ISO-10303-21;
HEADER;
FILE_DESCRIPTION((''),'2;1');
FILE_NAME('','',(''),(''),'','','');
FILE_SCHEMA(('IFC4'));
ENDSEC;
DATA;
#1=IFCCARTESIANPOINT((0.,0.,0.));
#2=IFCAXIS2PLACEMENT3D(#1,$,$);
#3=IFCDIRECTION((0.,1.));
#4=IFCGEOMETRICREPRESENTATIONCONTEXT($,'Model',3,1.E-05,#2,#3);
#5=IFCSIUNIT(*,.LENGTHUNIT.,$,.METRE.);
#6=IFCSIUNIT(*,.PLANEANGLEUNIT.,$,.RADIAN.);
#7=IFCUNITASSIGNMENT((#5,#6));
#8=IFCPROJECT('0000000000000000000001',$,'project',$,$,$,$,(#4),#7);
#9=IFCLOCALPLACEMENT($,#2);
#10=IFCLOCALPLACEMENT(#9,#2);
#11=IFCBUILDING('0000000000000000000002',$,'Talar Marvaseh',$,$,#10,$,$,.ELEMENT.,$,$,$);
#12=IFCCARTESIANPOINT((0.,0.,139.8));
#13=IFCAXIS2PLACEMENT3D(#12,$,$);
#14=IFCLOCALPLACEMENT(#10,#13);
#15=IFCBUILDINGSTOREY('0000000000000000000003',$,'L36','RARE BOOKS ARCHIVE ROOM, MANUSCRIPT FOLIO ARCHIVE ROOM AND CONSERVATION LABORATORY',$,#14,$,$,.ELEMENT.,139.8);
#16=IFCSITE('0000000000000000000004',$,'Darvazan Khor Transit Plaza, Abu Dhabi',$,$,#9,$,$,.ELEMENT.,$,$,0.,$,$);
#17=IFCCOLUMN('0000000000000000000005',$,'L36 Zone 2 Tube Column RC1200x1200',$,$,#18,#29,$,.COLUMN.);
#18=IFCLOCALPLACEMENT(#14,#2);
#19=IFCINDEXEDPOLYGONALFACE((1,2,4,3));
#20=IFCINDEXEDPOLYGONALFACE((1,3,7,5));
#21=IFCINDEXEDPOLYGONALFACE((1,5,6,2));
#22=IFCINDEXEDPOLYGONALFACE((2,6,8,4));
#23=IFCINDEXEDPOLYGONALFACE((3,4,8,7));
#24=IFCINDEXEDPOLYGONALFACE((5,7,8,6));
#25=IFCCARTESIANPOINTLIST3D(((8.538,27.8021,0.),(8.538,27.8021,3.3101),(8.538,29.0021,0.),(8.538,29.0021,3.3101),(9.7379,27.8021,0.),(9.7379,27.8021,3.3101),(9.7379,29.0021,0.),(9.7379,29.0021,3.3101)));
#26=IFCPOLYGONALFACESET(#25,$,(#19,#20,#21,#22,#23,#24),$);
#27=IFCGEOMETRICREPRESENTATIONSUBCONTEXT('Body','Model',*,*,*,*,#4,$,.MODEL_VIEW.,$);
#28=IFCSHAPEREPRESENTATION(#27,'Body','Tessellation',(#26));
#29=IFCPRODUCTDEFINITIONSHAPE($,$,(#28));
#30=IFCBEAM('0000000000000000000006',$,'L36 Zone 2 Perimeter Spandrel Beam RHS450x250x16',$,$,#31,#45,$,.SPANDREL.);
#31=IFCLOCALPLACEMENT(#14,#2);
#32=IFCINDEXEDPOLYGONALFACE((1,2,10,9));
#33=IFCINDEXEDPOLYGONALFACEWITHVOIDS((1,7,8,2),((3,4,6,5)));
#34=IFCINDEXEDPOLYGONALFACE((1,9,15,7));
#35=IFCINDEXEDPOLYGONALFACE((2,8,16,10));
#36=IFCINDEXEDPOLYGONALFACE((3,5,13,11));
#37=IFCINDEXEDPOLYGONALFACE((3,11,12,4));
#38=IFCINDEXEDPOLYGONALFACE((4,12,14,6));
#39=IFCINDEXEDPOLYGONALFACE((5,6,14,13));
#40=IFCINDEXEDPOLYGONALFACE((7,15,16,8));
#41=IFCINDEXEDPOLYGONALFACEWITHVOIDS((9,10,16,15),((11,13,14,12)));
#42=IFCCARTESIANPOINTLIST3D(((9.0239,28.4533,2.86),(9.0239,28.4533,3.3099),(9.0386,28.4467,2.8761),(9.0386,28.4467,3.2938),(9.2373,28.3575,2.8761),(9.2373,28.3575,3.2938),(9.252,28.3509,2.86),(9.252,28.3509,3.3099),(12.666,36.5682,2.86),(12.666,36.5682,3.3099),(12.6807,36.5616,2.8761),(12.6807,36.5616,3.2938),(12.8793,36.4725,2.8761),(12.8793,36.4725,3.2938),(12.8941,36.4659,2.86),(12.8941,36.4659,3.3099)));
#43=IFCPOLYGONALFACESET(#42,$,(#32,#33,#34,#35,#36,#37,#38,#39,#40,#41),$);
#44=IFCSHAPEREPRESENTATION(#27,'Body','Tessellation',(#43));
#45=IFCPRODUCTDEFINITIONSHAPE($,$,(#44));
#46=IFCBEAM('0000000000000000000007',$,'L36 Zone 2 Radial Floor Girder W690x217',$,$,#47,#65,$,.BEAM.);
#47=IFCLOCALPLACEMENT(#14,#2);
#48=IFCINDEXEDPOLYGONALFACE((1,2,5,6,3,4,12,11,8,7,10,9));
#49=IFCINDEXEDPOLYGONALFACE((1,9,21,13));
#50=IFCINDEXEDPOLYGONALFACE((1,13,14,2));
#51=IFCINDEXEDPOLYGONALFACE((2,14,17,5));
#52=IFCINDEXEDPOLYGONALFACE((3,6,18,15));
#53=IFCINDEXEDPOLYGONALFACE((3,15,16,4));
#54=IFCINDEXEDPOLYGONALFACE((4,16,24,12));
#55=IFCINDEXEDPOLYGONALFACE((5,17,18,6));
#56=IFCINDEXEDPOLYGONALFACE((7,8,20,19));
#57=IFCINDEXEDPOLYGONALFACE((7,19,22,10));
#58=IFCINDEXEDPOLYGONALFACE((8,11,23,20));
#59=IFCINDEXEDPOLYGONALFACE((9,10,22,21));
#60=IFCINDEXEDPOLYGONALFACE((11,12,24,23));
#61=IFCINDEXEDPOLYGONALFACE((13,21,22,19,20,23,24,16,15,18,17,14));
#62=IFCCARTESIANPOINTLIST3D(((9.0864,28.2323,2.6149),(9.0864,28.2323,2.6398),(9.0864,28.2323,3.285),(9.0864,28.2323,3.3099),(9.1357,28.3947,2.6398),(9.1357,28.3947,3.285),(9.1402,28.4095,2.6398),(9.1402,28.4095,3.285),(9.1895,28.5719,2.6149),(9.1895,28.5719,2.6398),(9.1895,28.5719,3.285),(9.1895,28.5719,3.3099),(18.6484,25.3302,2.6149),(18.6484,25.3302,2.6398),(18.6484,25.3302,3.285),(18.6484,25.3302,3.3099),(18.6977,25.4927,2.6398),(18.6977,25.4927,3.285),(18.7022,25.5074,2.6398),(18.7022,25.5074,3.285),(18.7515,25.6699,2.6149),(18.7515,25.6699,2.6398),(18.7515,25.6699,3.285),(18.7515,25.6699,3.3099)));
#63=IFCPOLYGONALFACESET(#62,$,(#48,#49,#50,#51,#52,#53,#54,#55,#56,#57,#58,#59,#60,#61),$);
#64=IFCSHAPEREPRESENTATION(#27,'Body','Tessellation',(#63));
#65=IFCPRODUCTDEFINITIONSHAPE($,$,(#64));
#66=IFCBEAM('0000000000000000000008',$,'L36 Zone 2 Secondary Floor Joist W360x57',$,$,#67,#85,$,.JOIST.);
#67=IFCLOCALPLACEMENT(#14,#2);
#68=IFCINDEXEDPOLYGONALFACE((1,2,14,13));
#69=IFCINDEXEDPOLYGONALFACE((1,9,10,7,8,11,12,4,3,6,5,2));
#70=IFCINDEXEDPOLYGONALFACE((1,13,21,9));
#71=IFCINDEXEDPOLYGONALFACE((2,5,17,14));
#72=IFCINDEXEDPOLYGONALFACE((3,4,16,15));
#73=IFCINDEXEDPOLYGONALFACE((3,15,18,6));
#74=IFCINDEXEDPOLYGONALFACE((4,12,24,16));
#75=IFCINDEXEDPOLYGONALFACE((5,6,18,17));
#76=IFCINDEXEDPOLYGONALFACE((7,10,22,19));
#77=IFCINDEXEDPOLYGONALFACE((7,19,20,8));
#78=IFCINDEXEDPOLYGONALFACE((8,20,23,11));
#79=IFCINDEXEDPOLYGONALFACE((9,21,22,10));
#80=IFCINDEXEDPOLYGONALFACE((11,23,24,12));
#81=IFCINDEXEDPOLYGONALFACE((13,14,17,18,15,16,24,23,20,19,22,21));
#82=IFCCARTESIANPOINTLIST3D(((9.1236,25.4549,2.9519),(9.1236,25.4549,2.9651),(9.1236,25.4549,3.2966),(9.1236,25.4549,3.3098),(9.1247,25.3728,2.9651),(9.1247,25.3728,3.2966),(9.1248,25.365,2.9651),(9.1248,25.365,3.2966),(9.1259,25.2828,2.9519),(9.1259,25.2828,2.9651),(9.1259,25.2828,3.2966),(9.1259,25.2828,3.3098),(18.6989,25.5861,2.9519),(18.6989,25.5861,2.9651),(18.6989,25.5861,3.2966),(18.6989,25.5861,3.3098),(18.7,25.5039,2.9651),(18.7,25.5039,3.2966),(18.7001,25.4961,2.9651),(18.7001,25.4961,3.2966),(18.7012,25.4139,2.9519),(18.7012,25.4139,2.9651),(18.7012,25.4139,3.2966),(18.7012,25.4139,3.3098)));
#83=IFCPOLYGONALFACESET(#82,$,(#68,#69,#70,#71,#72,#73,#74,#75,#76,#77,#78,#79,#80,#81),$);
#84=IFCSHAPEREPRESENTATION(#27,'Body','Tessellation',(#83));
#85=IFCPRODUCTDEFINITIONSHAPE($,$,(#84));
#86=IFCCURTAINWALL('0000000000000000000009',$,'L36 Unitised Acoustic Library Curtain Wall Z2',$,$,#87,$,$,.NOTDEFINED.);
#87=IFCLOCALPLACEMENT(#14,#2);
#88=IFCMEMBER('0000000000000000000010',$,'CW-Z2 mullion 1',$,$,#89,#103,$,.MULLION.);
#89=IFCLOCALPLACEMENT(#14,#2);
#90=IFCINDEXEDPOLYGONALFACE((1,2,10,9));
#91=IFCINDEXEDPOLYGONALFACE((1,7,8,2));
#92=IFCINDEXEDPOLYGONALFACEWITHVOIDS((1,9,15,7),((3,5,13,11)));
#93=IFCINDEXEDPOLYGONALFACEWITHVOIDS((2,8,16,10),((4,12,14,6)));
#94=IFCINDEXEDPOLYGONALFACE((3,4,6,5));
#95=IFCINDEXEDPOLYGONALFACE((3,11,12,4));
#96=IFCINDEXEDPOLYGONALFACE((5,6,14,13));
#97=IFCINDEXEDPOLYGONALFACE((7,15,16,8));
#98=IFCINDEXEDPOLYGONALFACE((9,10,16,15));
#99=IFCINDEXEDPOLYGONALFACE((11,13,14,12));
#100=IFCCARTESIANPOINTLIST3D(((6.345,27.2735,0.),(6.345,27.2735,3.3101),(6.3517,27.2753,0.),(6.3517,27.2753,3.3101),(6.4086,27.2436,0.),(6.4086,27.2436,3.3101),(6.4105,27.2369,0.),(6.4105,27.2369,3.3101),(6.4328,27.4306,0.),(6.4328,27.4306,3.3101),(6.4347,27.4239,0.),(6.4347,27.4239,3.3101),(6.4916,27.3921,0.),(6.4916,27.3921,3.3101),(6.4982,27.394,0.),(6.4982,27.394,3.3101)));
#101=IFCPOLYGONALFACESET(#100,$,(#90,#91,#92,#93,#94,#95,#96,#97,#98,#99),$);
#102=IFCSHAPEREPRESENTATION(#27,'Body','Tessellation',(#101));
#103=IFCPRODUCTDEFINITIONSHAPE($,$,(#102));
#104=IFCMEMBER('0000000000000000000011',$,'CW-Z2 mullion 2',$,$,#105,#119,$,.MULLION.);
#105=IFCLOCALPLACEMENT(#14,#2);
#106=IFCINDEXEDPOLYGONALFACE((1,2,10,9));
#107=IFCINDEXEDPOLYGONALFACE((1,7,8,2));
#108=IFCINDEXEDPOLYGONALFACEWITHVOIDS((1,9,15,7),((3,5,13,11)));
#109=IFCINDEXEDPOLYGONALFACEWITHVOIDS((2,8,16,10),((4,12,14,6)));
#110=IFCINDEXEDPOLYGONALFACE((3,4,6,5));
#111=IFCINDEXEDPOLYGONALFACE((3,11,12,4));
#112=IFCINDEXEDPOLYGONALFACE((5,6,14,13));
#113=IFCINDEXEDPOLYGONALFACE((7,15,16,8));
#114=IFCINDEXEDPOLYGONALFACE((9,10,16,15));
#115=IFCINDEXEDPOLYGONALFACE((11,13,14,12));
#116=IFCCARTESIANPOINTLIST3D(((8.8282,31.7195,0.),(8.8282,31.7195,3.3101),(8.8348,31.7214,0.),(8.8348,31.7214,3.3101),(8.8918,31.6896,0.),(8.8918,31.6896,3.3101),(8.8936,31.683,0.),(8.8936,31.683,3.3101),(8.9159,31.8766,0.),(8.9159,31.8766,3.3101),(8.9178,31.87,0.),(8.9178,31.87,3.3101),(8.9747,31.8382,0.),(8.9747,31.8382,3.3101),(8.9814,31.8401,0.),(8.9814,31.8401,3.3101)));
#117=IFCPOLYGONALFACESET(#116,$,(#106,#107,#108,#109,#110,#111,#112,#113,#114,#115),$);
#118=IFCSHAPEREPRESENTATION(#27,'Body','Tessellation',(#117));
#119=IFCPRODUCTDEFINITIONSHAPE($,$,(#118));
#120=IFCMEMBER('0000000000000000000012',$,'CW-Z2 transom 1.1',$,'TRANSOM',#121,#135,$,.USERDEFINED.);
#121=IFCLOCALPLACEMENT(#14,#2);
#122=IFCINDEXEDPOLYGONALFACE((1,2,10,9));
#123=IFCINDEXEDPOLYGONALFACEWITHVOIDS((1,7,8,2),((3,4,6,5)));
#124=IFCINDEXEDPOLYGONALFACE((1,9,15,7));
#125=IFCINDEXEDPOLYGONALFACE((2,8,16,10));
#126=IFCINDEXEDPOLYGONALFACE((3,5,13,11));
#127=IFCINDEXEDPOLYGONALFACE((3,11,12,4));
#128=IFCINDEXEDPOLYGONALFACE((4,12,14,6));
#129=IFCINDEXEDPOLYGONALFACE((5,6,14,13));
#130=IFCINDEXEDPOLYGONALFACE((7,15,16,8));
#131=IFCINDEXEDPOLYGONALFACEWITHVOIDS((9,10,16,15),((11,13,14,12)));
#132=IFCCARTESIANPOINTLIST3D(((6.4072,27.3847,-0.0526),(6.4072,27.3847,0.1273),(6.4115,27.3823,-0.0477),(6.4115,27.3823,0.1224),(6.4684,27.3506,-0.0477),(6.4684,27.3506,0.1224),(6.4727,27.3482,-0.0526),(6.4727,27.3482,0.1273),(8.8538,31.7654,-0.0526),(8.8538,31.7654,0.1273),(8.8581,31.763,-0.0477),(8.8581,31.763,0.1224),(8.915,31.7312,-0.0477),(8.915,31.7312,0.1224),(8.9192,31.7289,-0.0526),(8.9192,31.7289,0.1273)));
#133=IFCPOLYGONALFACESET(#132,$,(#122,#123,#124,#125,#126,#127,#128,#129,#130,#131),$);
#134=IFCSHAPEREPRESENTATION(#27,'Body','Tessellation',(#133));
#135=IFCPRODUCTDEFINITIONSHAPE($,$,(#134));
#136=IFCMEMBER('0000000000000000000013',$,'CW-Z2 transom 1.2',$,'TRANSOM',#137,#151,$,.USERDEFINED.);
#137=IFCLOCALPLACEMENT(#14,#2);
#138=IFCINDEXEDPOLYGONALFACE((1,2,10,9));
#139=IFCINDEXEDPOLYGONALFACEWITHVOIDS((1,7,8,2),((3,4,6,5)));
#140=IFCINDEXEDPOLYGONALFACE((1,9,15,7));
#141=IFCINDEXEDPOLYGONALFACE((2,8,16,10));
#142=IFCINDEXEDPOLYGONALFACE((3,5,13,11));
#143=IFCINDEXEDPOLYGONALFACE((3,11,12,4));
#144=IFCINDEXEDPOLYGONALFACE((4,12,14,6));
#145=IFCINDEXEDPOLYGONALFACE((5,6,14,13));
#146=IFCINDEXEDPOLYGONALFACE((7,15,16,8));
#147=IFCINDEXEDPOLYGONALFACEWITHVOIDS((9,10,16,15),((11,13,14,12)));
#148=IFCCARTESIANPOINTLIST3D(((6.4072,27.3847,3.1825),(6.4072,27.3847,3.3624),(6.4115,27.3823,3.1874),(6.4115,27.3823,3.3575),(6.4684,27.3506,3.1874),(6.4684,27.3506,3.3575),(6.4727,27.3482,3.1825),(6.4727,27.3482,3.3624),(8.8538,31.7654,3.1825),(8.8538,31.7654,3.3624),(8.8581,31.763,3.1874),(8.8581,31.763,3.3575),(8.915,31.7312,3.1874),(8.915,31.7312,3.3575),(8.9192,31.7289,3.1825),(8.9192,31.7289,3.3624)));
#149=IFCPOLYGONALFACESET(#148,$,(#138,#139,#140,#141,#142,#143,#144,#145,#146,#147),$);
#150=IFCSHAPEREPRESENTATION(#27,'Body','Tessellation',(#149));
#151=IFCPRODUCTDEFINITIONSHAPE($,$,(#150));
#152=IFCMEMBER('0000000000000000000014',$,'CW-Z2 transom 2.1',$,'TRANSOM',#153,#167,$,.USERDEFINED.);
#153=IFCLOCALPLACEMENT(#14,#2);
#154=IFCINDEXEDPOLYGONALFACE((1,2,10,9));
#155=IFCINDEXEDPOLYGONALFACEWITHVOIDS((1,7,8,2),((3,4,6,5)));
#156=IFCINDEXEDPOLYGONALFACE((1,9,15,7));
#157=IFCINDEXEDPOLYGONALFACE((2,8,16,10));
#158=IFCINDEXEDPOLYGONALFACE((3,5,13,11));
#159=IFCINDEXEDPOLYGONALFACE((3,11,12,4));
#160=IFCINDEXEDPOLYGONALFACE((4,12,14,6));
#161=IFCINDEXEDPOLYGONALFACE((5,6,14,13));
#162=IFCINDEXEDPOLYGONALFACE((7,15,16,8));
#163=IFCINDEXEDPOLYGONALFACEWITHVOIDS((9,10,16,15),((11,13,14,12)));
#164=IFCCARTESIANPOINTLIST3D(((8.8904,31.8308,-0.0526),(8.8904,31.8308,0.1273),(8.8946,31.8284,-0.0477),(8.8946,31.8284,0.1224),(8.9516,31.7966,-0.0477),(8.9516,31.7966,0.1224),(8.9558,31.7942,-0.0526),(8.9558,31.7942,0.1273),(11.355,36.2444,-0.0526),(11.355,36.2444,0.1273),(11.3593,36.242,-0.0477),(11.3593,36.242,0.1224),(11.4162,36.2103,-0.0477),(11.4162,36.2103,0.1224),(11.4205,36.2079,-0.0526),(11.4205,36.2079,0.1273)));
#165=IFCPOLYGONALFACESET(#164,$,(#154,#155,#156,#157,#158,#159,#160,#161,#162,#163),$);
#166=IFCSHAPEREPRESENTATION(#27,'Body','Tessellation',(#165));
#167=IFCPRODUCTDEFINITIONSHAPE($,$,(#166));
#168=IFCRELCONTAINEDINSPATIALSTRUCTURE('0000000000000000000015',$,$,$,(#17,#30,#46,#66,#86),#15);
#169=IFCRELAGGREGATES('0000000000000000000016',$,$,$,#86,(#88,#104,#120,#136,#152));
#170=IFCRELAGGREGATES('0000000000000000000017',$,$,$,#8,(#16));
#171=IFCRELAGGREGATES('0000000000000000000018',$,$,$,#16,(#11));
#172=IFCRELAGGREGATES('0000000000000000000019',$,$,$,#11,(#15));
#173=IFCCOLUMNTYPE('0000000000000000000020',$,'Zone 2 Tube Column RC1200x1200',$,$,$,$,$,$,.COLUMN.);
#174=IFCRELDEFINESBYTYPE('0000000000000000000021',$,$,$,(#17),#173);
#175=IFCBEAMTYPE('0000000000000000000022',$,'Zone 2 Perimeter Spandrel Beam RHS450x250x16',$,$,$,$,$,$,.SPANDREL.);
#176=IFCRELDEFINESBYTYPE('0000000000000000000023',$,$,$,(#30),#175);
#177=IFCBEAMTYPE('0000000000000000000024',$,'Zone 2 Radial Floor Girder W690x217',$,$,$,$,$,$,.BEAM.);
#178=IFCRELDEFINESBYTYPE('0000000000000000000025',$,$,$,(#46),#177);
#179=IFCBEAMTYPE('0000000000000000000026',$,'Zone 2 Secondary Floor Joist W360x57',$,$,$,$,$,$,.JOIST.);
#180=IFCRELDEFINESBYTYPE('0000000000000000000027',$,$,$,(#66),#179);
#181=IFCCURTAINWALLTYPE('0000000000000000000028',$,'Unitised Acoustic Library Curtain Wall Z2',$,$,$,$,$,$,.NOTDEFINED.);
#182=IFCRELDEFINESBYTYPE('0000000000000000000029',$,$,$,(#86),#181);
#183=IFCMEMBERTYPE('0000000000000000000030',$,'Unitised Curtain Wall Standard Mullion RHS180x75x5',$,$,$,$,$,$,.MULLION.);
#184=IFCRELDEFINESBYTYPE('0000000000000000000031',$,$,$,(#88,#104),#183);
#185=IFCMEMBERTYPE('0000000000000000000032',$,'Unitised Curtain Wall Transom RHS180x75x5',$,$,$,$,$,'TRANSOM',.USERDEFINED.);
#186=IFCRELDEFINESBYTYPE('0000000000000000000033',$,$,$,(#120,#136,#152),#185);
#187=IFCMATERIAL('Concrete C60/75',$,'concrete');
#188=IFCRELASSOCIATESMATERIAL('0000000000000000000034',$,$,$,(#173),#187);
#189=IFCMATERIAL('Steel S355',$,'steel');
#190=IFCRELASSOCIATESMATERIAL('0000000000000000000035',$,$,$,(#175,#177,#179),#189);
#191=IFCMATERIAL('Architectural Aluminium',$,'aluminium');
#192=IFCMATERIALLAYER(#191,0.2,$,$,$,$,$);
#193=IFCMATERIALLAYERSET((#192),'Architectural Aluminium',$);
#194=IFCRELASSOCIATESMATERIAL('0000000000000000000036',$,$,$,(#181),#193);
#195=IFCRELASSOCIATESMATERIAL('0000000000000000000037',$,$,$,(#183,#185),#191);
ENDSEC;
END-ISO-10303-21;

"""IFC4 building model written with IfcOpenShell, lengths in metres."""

from ifc_helpers import new_model, si_unit, direction, frame, origin, origin_2d, place, context, subcontext, project, spatial, rectangle, hollow_rectangle, i_section, extrude, source, transform, mapped, material, layer, layer_set, material_profile, profile_set, type_object, type_shapes, element, aggregate, save


model = new_model("IFC4")

# Units and contexts
model_context = context("Model", 3, precision=1e-05, world=origin(), true_north=direction((0.0, 1.0)))
body_context = subcontext(model_context, "Body", "Model", "MODEL_VIEW")
ifc_project = project(units=[si_unit("LENGTHUNIT", "METRE"), si_unit("PLANEANGLEUNIT", "RADIAN")], contexts=[model_context])

# Site, building, storey
site_placement = place(None, origin())
site = spatial("IfcSite", under=ifc_project, at=site_placement, Name="Darvazan Khor Transit Plaza, Abu Dhabi", CompositionType="ELEMENT", RefElevation=0.0)
building_placement = place(site_placement, origin())
building = spatial("IfcBuilding", under=site, at=building_placement, Name="Talar Marvaseh", CompositionType="ELEMENT")
storey_placement = place(building_placement, frame((0.0, 0.0, 139.8)))
storey = spatial("IfcBuildingStorey", under=building, at=storey_placement, Name="L36", Description="RARE BOOKS ARCHIVE ROOM, MANUSCRIPT FOLIO ARCHIVE ROOM AND CONSERVATION LABORATORY", CompositionType="ELEMENT", Elevation=139.8)

# Column
ifc_material_1 = material(Name="Concrete C60/75", Category="concrete")
ifc_material_profile_1 = material_profile(ifc_material_1, rectangle(XDim=1.2, YDim=1.2, at=origin_2d()), Name="RC1200x1200")
ifc_profile_set_1 = profile_set([ifc_material_profile_1], Name="Concrete C60/75")
column_type = type_object("IfcColumnType", Name="Zone 2 Tube Column RC1200x1200", PredefinedType="COLUMN", material=ifc_profile_set_1)
column_placement = place(storey_placement, frame((9.1379, 28.4021, 0.0), z_axis=(0.0, 0.0, 1.0), x_axis=(1.0, 0.0, 0.0)))
element("IfcColumn", 1, at=column_placement, inside=storey, type_object=column_type, Name="L36 Zone 2 Tube Column RC1200x1200", PredefinedType="COLUMN", context=body_context, shape_type="SweptSolid", body=[
    extrude(rectangle(XDim=1.2, YDim=1.2, at=origin_2d()), origin(), (0.0, 0.0, 1.0), 3.3101),
])

# Beams
ifc_material_2 = material(Name="Steel S355", Category="steel")
ifc_material_profile_2 = material_profile(ifc_material_2, hollow_rectangle(XDim=0.25, YDim=0.45, WallThickness=0.0161, at=origin_2d()), Name="RHS450x250x16")
ifc_profile_set_2 = profile_set([ifc_material_profile_2], Name="Steel S355")
beam_type_1 = type_object("IfcBeamType", Name="Zone 2 Perimeter Spandrel Beam RHS450x250x16", PredefinedType="SPANDREL", material=ifc_profile_set_2)
beam_1_placement = place(storey_placement, frame((9.1379, 28.4021, 3.085), z_axis=(0.409462, 0.912327, 0.0), x_axis=(-0.912327, 0.409462, 0.0)))
element("IfcBeam", 2, at=beam_1_placement, inside=storey, type_object=beam_type_1, Name="L36 Zone 2 Perimeter Spandrel Beam RHS450x250x16", PredefinedType="SPANDREL", context=body_context, shape_type="SweptSolid", body=[
    extrude(hollow_rectangle(XDim=0.25, YDim=0.45, WallThickness=0.0161, at=origin_2d()), origin(), (0.0, 0.0, 1.0), 8.8948),
])
ifc_material_profile_3 = material_profile(ifc_material_2, i_section(OverallWidth=0.355, OverallDepth=0.6951, WebThickness=0.0154, FlangeThickness=0.0249, at=origin_2d()), Name="W690x217")
ifc_profile_set_3 = profile_set([ifc_material_profile_3], Name="Steel S355")
beam_type_2 = type_object("IfcBeamType", Name="Zone 2 Radial Floor Girder W690x217", PredefinedType="BEAM", material=ifc_profile_set_3)
beam_2_placement = place(storey_placement, frame((9.1379, 28.4021, 2.9624), z_axis=(0.956899, -0.290422, 0.0), x_axis=(0.290422, 0.956899, 0.0)))
element("IfcBeam", 3, at=beam_2_placement, inside=storey, type_object=beam_type_2, Name="L36 Zone 2 Radial Floor Girder W690x217", PredefinedType="BEAM", context=body_context, shape_type="SweptSolid", body=[
    extrude(i_section(OverallWidth=0.355, OverallDepth=0.6951, WebThickness=0.0154, FlangeThickness=0.0249, at=origin_2d()), origin(), (0.0, 0.0, 1.0), 9.9927),
])
ifc_material_profile_4 = material_profile(ifc_material_2, i_section(OverallWidth=0.1721, OverallDepth=0.3579, WebThickness=0.0078, FlangeThickness=0.0132, at=origin_2d()), Name="W360x57")
ifc_profile_set_4 = profile_set([ifc_material_profile_4], Name="Steel S355")
beam_type_3 = type_object("IfcBeamType", Name="Zone 2 Secondary Floor Joist W360x57", PredefinedType="JOIST", material=ifc_profile_set_4)
beam_3_placement = place(storey_placement, frame((9.1248, 25.3689, 3.1309), z_axis=(0.999906, 0.013691, 0.0), x_axis=(-0.013691, 0.999906, 0.0)))
element("IfcBeam", 4, at=beam_3_placement, inside=storey, type_object=beam_type_3, Name="L36 Zone 2 Secondary Floor Joist W360x57", PredefinedType="JOIST", context=body_context, shape_type="SweptSolid", body=[
    extrude(i_section(OverallWidth=0.1721, OverallDepth=0.3579, WebThickness=0.0078, FlangeThickness=0.0132, at=origin_2d()), origin(), (0.0, 0.0, 1.0), 9.5762),
])

# Curtain wall, members
ifc_material_3 = material(Name="Architectural Aluminium", Category="aluminium")
ifc_layer_1 = layer(ifc_material_3, 0.2)
ifc_layer_set_1 = layer_set([ifc_layer_1], Name="Architectural Aluminium")
curtain_wall_type = type_object("IfcCurtainWallType", Name="Unitised Acoustic Library Curtain Wall Z2", PredefinedType="NOTDEFINED", material=ifc_layer_set_1)
curtain_wall_placement = place(storey_placement, origin())
curtain_wall = element("IfcCurtainWall", 5, at=curtain_wall_placement, inside=storey, type_object=curtain_wall_type, Name="L36 Unitised Acoustic Library Curtain Wall Z2", PredefinedType="NOTDEFINED")
ifc_material_profile_5 = material_profile(ifc_material_3, hollow_rectangle(XDim=0.075, YDim=0.1799, WallThickness=0.0049, at=origin_2d()), Name="RHS180x75x5")
ifc_profile_set_5 = profile_set([ifc_material_profile_5], Name="Architectural Aluminium")
member_type_1 = type_object("IfcMemberType", Name="Unitised Curtain Wall Standard Mullion RHS180x75x5", PredefinedType="MULLION", material=ifc_profile_set_5)
shared_shape_1 = source(origin(), body_context, "Body", "SweptSolid", [
    extrude(hollow_rectangle(XDim=0.075, YDim=0.1799, WallThickness=0.0049, at=origin_2d()), origin(), (0.0, 0.0, 1.0), 3.3101),
])
type_shapes(member_type_1, [shared_shape_1])
member_1_placement = place(storey_placement, frame((6.4216, 27.3337, 0.0), z_axis=(0.0, 0.0, 1.0), x_axis=(-0.873076, 0.487584, 0.0)))
member_1 = element("IfcMember", 6, at=member_1_placement, type_object=member_type_1, Name="CW-Z2 mullion 1", PredefinedType="MULLION", context=body_context, shape_type="MappedRepresentation", body=[
    mapped(shared_shape_1, transform((0.0, 0.0, 0.0), x_axis=(1.0, 0.0, 0.0), y_axis=(0.0, 1.0, 0.0), z_axis=(0.0, 0.0, 1.0), scale=1.0)),
])
member_2_placement = place(storey_placement, frame((8.9048, 31.7798, 0.0), z_axis=(0.0, 0.0, 1.0), x_axis=(-0.873076, 0.487584, 0.0)))
member_2 = element("IfcMember", 7, at=member_2_placement, type_object=member_type_1, Name="CW-Z2 mullion 2", PredefinedType="MULLION", context=body_context, shape_type="MappedRepresentation", body=[
    mapped(shared_shape_1, transform((0.0, 0.0, 0.0), x_axis=(1.0, 0.0, 0.0), y_axis=(0.0, 1.0, 0.0), z_axis=(0.0, 0.0, 1.0), scale=1.0)),
])
ifc_material_profile_6 = material_profile(ifc_material_3, hollow_rectangle(XDim=0.075, YDim=0.1799, WallThickness=0.0049, at=origin_2d()), Name="RHS180x75x5")
ifc_profile_set_6 = profile_set([ifc_material_profile_6], Name="Architectural Aluminium")
member_type_2 = type_object("IfcMemberType", Name="Unitised Curtain Wall Transom RHS180x75x5", ElementType="TRANSOM", PredefinedType="USERDEFINED", material=ifc_profile_set_6)
shared_shape_2 = source(origin(), body_context, "Body", "SweptSolid", [
    extrude(hollow_rectangle(XDim=0.075, YDim=0.1799, WallThickness=0.0049, at=origin_2d()), origin(), (0.0, 0.0, 1.0), 5.0176),
])
member_3_placement = place(storey_placement, frame((6.4399, 27.3665, 0.0374), z_axis=(0.4876, 0.873067, 0.0), x_axis=(-0.873067, 0.4876, 0.0)))
member_3 = element("IfcMember", 8, at=member_3_placement, type_object=member_type_2, Name="CW-Z2 transom 1.1", ObjectType="TRANSOM", PredefinedType="USERDEFINED", context=body_context, shape_type="MappedRepresentation", body=[
    mapped(shared_shape_2, transform((0.0, 0.0, 0.0), x_axis=(1.0, 0.0, 0.0), y_axis=(0.0, 1.0, 0.0), z_axis=(0.0, 0.0, 1.0), scale=1.0)),
])
member_4_placement = place(storey_placement, frame((6.4399, 27.3665, 3.2725), z_axis=(0.4876, 0.873067, 0.0), x_axis=(-0.873067, 0.4876, 0.0)))
member_4 = element("IfcMember", 9, at=member_4_placement, type_object=member_type_2, Name="CW-Z2 transom 1.2", ObjectType="TRANSOM", PredefinedType="USERDEFINED", context=body_context, shape_type="MappedRepresentation", body=[
    mapped(shared_shape_2, transform((0.0, 0.0, 0.0), x_axis=(1.0, 0.0, 0.0), y_axis=(0.0, 1.0, 0.0), z_axis=(0.0, 0.0, 1.0), scale=1.0)),
])
shared_shape_3 = source(origin(), body_context, "Body", "SweptSolid", [
    extrude(hollow_rectangle(XDim=0.075, YDim=0.1799, WallThickness=0.0049, at=origin_2d()), origin(), (0.0, 0.0, 1.0), 5.0552),
])
type_shapes(member_type_2, [shared_shape_2, shared_shape_3])
member_5_placement = place(storey_placement, frame((8.9231, 31.8125, 0.0374), z_axis=(0.487549, 0.873096, 0.0), x_axis=(-0.873096, 0.487549, 0.0)))
member_5 = element("IfcMember", 10, at=member_5_placement, type_object=member_type_2, Name="CW-Z2 transom 2.1", ObjectType="TRANSOM", PredefinedType="USERDEFINED", context=body_context, shape_type="MappedRepresentation", body=[
    mapped(shared_shape_3, transform((0.0, 0.0, 0.0), x_axis=(1.0, 0.0, 0.0), y_axis=(0.0, 1.0, 0.0), z_axis=(0.0, 0.0, 1.0), scale=1.0)),
])
aggregate(curtain_wall, [member_1, member_2, member_3, member_4, member_5])

save(model, "model.ifc")
